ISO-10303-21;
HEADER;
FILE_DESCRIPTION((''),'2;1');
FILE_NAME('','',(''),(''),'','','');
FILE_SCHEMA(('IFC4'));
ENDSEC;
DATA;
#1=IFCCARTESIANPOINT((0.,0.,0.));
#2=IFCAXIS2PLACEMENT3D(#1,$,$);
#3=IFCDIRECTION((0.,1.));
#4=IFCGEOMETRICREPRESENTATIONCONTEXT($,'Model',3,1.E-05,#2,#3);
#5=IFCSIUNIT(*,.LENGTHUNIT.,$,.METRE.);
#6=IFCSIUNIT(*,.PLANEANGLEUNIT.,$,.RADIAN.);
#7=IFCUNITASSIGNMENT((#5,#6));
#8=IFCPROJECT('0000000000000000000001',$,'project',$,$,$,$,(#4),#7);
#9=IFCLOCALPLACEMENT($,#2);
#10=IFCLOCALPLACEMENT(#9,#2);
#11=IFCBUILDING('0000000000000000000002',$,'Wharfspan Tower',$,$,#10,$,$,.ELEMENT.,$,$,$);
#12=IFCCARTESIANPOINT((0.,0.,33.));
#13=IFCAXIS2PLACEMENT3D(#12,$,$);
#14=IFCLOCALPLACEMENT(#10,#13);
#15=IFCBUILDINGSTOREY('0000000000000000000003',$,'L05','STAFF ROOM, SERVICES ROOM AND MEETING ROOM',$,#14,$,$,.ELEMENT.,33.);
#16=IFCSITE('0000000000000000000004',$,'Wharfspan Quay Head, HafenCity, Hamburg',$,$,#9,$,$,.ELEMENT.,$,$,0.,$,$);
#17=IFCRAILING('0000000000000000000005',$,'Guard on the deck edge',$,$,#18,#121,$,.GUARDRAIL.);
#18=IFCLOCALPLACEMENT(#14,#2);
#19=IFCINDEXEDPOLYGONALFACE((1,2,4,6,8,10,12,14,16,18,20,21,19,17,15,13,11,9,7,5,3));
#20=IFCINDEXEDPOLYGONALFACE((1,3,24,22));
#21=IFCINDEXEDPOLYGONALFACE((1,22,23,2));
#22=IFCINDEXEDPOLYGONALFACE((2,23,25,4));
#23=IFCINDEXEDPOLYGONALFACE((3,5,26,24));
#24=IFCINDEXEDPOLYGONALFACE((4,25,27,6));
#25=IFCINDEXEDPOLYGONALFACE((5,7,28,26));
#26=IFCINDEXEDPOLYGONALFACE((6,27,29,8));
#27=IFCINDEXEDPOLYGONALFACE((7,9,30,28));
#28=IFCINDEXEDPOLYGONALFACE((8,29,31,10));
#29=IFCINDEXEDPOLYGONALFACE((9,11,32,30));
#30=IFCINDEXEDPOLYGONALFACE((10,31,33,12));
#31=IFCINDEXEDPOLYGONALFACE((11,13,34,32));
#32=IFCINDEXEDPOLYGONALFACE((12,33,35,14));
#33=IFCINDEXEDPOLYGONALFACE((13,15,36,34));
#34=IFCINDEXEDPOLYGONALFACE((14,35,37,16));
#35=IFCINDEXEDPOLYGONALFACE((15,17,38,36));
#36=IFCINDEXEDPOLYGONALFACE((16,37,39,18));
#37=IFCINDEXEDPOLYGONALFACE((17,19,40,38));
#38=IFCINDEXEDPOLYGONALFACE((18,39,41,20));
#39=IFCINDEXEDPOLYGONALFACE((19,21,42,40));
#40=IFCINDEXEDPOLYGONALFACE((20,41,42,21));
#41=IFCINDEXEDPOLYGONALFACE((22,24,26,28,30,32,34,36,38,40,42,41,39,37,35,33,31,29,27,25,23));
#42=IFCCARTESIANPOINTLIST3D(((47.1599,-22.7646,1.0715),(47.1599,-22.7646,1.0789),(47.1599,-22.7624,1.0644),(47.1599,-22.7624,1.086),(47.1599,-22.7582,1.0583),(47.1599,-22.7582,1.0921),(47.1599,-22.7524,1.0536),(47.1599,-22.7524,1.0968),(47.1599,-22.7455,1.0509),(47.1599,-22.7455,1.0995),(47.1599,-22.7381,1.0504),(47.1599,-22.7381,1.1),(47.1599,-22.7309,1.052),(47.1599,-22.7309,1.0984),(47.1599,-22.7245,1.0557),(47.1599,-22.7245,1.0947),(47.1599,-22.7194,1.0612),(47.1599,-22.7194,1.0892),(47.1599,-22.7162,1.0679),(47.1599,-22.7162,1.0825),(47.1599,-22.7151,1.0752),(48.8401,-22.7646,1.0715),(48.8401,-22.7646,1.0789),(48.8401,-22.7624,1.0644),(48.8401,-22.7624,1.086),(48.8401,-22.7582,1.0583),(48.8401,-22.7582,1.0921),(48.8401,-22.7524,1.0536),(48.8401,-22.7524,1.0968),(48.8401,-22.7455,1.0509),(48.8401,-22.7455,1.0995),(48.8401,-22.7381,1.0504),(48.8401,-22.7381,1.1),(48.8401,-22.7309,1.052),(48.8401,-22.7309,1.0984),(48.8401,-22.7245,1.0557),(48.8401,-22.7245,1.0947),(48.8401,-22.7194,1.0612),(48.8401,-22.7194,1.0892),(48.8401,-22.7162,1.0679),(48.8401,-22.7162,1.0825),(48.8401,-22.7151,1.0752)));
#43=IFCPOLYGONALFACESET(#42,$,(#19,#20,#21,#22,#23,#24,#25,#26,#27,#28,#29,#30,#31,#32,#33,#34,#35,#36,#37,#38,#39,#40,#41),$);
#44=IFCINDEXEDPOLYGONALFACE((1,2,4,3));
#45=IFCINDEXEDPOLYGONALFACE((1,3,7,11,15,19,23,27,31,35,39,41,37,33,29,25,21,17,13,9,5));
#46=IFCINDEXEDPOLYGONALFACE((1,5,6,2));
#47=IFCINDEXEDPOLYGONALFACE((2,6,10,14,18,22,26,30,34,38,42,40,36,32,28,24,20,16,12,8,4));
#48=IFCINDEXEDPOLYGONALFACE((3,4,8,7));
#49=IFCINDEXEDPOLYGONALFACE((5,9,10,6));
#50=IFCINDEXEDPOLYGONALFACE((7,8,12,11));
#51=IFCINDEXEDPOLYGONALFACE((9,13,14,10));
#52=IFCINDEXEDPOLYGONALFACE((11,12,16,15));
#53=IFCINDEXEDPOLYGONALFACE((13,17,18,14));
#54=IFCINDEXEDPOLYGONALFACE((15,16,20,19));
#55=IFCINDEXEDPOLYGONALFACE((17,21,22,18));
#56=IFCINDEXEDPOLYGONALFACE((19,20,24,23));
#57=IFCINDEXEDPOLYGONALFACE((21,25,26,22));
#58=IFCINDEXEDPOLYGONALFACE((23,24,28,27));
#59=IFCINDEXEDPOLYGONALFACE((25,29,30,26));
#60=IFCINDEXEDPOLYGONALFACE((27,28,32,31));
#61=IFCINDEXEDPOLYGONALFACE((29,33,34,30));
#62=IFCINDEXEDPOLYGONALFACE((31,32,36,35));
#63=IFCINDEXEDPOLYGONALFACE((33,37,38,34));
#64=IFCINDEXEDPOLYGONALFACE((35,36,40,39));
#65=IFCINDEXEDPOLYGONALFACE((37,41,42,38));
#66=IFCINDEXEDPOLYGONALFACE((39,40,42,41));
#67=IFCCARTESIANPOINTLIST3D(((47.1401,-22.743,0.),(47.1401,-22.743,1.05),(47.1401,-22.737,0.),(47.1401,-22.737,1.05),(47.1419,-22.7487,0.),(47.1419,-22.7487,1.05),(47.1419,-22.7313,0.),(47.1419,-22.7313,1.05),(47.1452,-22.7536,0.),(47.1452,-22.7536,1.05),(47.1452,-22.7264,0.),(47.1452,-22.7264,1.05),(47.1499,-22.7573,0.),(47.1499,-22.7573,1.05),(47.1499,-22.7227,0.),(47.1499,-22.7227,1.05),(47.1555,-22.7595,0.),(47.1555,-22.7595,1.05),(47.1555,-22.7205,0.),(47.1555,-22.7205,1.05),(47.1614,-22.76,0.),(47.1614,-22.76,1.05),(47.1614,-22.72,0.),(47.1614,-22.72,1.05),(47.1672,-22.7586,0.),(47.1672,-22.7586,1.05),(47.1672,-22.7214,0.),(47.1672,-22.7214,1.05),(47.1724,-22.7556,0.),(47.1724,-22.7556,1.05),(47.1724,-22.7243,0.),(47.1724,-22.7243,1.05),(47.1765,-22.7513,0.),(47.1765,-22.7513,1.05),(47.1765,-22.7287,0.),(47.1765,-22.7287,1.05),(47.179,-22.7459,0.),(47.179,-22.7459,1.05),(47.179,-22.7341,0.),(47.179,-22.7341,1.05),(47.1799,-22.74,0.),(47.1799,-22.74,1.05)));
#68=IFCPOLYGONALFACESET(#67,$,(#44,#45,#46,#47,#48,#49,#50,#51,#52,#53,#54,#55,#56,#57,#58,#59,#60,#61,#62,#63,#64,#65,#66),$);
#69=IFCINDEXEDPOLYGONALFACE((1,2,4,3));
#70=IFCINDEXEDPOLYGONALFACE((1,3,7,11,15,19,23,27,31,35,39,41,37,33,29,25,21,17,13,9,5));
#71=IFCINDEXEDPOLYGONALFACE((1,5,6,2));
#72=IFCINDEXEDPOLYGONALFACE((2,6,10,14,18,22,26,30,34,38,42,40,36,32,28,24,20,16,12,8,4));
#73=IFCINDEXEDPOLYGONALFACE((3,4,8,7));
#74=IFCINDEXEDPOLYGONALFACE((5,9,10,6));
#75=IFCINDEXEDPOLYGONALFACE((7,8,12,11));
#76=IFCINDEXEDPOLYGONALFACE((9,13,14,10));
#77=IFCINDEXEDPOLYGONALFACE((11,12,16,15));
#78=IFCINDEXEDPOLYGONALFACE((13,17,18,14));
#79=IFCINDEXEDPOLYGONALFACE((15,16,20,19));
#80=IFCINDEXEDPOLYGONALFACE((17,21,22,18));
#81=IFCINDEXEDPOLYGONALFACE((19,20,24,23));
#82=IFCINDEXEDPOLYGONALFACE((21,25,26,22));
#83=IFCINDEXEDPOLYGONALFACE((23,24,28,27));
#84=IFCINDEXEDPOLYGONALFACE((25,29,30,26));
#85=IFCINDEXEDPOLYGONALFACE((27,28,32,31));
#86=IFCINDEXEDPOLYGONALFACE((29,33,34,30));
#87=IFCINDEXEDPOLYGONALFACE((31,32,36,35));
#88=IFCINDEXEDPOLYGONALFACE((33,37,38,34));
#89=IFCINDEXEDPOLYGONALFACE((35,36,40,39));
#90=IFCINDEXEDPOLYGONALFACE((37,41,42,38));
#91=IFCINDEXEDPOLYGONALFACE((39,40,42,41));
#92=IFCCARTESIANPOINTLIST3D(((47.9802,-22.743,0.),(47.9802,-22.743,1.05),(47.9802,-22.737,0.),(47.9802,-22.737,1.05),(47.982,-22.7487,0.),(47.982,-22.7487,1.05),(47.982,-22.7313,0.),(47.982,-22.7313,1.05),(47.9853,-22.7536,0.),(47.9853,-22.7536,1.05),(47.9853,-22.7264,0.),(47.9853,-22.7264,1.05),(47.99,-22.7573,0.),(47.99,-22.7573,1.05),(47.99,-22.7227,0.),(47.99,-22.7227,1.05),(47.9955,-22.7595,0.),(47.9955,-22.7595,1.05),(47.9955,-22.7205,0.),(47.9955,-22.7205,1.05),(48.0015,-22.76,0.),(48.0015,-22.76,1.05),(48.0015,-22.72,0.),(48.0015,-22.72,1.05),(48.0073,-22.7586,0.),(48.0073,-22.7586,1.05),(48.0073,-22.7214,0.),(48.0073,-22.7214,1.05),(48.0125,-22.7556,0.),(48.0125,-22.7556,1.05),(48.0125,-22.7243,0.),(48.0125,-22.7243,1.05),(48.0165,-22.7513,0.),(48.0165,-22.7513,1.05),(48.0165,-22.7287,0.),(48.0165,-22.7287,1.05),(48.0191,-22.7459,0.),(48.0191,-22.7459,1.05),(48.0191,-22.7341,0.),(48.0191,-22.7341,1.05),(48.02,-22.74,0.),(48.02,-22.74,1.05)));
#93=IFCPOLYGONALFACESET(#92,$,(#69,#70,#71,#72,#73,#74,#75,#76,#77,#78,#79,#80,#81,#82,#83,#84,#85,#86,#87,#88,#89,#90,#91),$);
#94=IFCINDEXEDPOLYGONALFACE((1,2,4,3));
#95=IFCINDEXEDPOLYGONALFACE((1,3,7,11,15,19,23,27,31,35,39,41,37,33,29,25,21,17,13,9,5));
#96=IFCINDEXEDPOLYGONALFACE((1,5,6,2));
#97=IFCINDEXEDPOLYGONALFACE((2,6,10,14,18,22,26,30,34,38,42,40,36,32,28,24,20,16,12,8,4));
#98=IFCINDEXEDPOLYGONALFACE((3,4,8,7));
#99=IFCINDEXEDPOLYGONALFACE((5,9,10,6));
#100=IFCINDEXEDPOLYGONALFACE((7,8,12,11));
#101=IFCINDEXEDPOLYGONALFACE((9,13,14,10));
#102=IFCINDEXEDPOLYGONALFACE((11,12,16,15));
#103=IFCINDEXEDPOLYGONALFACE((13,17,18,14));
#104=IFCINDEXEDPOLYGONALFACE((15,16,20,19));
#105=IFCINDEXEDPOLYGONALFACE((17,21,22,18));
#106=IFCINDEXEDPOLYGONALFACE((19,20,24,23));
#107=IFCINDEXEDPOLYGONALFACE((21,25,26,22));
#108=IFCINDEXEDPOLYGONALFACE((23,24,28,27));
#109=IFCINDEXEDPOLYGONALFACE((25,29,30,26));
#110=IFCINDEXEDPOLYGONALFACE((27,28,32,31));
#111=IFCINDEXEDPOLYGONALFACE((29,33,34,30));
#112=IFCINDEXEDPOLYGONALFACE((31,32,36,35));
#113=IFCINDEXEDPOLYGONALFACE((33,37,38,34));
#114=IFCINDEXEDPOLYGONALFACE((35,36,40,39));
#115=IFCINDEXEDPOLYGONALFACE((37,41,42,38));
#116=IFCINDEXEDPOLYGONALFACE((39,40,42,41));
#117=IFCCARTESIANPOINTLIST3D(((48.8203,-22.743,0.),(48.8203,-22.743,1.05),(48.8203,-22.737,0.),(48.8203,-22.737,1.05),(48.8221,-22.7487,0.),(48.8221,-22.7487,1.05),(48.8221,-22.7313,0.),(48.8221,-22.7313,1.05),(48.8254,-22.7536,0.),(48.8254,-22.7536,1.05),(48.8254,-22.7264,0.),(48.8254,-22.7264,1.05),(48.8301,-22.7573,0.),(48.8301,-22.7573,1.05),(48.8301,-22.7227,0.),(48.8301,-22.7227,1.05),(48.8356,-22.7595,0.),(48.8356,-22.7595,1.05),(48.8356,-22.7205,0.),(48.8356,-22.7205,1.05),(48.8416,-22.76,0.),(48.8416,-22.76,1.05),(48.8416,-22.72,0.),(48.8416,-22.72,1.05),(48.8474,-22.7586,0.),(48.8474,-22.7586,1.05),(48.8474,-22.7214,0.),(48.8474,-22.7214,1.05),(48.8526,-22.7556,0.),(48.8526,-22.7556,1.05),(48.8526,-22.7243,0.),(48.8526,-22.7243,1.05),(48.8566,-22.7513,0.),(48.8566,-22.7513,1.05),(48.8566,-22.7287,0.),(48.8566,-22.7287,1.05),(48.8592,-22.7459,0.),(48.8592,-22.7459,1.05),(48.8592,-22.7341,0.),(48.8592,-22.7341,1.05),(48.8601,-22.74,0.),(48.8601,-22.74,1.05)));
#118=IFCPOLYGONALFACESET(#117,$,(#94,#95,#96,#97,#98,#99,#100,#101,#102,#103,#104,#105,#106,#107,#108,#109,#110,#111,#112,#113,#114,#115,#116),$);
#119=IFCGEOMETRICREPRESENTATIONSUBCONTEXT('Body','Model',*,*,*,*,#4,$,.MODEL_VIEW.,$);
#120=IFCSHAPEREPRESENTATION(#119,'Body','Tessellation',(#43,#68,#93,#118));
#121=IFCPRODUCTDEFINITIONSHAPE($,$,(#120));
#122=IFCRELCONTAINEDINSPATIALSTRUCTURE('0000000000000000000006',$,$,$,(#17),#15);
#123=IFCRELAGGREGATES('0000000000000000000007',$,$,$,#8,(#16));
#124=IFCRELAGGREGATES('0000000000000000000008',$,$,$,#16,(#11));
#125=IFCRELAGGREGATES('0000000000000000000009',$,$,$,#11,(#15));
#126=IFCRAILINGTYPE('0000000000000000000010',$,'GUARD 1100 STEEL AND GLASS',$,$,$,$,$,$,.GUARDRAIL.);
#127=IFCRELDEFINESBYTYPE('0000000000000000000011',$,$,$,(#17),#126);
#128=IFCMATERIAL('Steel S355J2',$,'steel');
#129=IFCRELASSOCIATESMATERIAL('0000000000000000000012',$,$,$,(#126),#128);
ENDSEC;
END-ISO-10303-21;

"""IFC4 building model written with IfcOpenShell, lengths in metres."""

from ifc_helpers import new_model, si_unit, direction, frame, origin, origin_2d, place, context, subcontext, project, spatial, circle, extrude, material, type_object, element, save


model = new_model("IFC4")

# Units and contexts
model_context = context("Model", 3, precision=1e-05, world=origin(), true_north=direction((0.0, 1.0)))
body_context = subcontext(model_context, "Body", "Model", "MODEL_VIEW")
ifc_project = project(units=[si_unit("LENGTHUNIT", "METRE"), si_unit("PLANEANGLEUNIT", "RADIAN")], contexts=[model_context])

# Site, building, storey
site_placement = place(None, origin())
site = spatial("IfcSite", under=ifc_project, at=site_placement, Name="Wharfspan Quay Head, HafenCity, Hamburg", CompositionType="ELEMENT", RefElevation=0.0)
building_placement = place(site_placement, origin())
building = spatial("IfcBuilding", under=site, at=building_placement, Name="Wharfspan Tower", CompositionType="ELEMENT")
storey_placement = place(building_placement, frame((0.0, 0.0, 33.0)))
storey = spatial("IfcBuildingStorey", under=building, at=storey_placement, Name="L05", Description="STAFF ROOM, SERVICES ROOM AND MEETING ROOM", CompositionType="ELEMENT", Elevation=33.0)

# Railing
ifc_material_1 = material(Name="Steel S355J2", Category="steel")
railing_type = type_object("IfcRailingType", Name="GUARD 1100 STEEL AND GLASS", PredefinedType="GUARDRAIL", material=ifc_material_1)
railing_1_placement = place(storey_placement, frame((47.1599, -22.74, 0.0)))
element("IfcRailing", 1, at=railing_1_placement, inside=storey, type_object=railing_type, Name="Guard on the deck edge", PredefinedType="GUARDRAIL", context=body_context, shape_type="SweptSolid", body=[
    extrude(circle(Radius=0.0249, at=origin_2d()), frame((0.0, 0.0, 1.0752), z_axis=(1.0, 0.0, 0.0), x_axis=(0.0, 1.0, 0.0)), (0.0, 0.0, 1.0), 1.6802),
    extrude(circle(Radius=0.02, at=origin_2d()), origin(), (0.0, 0.0, 1.0), 1.05),
    extrude(circle(Radius=0.02, at=origin_2d()), frame((0.8401, 0.0, 0.0)), (0.0, 0.0, 1.0), 1.05),
    extrude(circle(Radius=0.02, at=origin_2d()), frame((1.6802, 0.0, 0.0)), (0.0, 0.0, 1.0), 1.05),
])

save(model, "model.ifc")
